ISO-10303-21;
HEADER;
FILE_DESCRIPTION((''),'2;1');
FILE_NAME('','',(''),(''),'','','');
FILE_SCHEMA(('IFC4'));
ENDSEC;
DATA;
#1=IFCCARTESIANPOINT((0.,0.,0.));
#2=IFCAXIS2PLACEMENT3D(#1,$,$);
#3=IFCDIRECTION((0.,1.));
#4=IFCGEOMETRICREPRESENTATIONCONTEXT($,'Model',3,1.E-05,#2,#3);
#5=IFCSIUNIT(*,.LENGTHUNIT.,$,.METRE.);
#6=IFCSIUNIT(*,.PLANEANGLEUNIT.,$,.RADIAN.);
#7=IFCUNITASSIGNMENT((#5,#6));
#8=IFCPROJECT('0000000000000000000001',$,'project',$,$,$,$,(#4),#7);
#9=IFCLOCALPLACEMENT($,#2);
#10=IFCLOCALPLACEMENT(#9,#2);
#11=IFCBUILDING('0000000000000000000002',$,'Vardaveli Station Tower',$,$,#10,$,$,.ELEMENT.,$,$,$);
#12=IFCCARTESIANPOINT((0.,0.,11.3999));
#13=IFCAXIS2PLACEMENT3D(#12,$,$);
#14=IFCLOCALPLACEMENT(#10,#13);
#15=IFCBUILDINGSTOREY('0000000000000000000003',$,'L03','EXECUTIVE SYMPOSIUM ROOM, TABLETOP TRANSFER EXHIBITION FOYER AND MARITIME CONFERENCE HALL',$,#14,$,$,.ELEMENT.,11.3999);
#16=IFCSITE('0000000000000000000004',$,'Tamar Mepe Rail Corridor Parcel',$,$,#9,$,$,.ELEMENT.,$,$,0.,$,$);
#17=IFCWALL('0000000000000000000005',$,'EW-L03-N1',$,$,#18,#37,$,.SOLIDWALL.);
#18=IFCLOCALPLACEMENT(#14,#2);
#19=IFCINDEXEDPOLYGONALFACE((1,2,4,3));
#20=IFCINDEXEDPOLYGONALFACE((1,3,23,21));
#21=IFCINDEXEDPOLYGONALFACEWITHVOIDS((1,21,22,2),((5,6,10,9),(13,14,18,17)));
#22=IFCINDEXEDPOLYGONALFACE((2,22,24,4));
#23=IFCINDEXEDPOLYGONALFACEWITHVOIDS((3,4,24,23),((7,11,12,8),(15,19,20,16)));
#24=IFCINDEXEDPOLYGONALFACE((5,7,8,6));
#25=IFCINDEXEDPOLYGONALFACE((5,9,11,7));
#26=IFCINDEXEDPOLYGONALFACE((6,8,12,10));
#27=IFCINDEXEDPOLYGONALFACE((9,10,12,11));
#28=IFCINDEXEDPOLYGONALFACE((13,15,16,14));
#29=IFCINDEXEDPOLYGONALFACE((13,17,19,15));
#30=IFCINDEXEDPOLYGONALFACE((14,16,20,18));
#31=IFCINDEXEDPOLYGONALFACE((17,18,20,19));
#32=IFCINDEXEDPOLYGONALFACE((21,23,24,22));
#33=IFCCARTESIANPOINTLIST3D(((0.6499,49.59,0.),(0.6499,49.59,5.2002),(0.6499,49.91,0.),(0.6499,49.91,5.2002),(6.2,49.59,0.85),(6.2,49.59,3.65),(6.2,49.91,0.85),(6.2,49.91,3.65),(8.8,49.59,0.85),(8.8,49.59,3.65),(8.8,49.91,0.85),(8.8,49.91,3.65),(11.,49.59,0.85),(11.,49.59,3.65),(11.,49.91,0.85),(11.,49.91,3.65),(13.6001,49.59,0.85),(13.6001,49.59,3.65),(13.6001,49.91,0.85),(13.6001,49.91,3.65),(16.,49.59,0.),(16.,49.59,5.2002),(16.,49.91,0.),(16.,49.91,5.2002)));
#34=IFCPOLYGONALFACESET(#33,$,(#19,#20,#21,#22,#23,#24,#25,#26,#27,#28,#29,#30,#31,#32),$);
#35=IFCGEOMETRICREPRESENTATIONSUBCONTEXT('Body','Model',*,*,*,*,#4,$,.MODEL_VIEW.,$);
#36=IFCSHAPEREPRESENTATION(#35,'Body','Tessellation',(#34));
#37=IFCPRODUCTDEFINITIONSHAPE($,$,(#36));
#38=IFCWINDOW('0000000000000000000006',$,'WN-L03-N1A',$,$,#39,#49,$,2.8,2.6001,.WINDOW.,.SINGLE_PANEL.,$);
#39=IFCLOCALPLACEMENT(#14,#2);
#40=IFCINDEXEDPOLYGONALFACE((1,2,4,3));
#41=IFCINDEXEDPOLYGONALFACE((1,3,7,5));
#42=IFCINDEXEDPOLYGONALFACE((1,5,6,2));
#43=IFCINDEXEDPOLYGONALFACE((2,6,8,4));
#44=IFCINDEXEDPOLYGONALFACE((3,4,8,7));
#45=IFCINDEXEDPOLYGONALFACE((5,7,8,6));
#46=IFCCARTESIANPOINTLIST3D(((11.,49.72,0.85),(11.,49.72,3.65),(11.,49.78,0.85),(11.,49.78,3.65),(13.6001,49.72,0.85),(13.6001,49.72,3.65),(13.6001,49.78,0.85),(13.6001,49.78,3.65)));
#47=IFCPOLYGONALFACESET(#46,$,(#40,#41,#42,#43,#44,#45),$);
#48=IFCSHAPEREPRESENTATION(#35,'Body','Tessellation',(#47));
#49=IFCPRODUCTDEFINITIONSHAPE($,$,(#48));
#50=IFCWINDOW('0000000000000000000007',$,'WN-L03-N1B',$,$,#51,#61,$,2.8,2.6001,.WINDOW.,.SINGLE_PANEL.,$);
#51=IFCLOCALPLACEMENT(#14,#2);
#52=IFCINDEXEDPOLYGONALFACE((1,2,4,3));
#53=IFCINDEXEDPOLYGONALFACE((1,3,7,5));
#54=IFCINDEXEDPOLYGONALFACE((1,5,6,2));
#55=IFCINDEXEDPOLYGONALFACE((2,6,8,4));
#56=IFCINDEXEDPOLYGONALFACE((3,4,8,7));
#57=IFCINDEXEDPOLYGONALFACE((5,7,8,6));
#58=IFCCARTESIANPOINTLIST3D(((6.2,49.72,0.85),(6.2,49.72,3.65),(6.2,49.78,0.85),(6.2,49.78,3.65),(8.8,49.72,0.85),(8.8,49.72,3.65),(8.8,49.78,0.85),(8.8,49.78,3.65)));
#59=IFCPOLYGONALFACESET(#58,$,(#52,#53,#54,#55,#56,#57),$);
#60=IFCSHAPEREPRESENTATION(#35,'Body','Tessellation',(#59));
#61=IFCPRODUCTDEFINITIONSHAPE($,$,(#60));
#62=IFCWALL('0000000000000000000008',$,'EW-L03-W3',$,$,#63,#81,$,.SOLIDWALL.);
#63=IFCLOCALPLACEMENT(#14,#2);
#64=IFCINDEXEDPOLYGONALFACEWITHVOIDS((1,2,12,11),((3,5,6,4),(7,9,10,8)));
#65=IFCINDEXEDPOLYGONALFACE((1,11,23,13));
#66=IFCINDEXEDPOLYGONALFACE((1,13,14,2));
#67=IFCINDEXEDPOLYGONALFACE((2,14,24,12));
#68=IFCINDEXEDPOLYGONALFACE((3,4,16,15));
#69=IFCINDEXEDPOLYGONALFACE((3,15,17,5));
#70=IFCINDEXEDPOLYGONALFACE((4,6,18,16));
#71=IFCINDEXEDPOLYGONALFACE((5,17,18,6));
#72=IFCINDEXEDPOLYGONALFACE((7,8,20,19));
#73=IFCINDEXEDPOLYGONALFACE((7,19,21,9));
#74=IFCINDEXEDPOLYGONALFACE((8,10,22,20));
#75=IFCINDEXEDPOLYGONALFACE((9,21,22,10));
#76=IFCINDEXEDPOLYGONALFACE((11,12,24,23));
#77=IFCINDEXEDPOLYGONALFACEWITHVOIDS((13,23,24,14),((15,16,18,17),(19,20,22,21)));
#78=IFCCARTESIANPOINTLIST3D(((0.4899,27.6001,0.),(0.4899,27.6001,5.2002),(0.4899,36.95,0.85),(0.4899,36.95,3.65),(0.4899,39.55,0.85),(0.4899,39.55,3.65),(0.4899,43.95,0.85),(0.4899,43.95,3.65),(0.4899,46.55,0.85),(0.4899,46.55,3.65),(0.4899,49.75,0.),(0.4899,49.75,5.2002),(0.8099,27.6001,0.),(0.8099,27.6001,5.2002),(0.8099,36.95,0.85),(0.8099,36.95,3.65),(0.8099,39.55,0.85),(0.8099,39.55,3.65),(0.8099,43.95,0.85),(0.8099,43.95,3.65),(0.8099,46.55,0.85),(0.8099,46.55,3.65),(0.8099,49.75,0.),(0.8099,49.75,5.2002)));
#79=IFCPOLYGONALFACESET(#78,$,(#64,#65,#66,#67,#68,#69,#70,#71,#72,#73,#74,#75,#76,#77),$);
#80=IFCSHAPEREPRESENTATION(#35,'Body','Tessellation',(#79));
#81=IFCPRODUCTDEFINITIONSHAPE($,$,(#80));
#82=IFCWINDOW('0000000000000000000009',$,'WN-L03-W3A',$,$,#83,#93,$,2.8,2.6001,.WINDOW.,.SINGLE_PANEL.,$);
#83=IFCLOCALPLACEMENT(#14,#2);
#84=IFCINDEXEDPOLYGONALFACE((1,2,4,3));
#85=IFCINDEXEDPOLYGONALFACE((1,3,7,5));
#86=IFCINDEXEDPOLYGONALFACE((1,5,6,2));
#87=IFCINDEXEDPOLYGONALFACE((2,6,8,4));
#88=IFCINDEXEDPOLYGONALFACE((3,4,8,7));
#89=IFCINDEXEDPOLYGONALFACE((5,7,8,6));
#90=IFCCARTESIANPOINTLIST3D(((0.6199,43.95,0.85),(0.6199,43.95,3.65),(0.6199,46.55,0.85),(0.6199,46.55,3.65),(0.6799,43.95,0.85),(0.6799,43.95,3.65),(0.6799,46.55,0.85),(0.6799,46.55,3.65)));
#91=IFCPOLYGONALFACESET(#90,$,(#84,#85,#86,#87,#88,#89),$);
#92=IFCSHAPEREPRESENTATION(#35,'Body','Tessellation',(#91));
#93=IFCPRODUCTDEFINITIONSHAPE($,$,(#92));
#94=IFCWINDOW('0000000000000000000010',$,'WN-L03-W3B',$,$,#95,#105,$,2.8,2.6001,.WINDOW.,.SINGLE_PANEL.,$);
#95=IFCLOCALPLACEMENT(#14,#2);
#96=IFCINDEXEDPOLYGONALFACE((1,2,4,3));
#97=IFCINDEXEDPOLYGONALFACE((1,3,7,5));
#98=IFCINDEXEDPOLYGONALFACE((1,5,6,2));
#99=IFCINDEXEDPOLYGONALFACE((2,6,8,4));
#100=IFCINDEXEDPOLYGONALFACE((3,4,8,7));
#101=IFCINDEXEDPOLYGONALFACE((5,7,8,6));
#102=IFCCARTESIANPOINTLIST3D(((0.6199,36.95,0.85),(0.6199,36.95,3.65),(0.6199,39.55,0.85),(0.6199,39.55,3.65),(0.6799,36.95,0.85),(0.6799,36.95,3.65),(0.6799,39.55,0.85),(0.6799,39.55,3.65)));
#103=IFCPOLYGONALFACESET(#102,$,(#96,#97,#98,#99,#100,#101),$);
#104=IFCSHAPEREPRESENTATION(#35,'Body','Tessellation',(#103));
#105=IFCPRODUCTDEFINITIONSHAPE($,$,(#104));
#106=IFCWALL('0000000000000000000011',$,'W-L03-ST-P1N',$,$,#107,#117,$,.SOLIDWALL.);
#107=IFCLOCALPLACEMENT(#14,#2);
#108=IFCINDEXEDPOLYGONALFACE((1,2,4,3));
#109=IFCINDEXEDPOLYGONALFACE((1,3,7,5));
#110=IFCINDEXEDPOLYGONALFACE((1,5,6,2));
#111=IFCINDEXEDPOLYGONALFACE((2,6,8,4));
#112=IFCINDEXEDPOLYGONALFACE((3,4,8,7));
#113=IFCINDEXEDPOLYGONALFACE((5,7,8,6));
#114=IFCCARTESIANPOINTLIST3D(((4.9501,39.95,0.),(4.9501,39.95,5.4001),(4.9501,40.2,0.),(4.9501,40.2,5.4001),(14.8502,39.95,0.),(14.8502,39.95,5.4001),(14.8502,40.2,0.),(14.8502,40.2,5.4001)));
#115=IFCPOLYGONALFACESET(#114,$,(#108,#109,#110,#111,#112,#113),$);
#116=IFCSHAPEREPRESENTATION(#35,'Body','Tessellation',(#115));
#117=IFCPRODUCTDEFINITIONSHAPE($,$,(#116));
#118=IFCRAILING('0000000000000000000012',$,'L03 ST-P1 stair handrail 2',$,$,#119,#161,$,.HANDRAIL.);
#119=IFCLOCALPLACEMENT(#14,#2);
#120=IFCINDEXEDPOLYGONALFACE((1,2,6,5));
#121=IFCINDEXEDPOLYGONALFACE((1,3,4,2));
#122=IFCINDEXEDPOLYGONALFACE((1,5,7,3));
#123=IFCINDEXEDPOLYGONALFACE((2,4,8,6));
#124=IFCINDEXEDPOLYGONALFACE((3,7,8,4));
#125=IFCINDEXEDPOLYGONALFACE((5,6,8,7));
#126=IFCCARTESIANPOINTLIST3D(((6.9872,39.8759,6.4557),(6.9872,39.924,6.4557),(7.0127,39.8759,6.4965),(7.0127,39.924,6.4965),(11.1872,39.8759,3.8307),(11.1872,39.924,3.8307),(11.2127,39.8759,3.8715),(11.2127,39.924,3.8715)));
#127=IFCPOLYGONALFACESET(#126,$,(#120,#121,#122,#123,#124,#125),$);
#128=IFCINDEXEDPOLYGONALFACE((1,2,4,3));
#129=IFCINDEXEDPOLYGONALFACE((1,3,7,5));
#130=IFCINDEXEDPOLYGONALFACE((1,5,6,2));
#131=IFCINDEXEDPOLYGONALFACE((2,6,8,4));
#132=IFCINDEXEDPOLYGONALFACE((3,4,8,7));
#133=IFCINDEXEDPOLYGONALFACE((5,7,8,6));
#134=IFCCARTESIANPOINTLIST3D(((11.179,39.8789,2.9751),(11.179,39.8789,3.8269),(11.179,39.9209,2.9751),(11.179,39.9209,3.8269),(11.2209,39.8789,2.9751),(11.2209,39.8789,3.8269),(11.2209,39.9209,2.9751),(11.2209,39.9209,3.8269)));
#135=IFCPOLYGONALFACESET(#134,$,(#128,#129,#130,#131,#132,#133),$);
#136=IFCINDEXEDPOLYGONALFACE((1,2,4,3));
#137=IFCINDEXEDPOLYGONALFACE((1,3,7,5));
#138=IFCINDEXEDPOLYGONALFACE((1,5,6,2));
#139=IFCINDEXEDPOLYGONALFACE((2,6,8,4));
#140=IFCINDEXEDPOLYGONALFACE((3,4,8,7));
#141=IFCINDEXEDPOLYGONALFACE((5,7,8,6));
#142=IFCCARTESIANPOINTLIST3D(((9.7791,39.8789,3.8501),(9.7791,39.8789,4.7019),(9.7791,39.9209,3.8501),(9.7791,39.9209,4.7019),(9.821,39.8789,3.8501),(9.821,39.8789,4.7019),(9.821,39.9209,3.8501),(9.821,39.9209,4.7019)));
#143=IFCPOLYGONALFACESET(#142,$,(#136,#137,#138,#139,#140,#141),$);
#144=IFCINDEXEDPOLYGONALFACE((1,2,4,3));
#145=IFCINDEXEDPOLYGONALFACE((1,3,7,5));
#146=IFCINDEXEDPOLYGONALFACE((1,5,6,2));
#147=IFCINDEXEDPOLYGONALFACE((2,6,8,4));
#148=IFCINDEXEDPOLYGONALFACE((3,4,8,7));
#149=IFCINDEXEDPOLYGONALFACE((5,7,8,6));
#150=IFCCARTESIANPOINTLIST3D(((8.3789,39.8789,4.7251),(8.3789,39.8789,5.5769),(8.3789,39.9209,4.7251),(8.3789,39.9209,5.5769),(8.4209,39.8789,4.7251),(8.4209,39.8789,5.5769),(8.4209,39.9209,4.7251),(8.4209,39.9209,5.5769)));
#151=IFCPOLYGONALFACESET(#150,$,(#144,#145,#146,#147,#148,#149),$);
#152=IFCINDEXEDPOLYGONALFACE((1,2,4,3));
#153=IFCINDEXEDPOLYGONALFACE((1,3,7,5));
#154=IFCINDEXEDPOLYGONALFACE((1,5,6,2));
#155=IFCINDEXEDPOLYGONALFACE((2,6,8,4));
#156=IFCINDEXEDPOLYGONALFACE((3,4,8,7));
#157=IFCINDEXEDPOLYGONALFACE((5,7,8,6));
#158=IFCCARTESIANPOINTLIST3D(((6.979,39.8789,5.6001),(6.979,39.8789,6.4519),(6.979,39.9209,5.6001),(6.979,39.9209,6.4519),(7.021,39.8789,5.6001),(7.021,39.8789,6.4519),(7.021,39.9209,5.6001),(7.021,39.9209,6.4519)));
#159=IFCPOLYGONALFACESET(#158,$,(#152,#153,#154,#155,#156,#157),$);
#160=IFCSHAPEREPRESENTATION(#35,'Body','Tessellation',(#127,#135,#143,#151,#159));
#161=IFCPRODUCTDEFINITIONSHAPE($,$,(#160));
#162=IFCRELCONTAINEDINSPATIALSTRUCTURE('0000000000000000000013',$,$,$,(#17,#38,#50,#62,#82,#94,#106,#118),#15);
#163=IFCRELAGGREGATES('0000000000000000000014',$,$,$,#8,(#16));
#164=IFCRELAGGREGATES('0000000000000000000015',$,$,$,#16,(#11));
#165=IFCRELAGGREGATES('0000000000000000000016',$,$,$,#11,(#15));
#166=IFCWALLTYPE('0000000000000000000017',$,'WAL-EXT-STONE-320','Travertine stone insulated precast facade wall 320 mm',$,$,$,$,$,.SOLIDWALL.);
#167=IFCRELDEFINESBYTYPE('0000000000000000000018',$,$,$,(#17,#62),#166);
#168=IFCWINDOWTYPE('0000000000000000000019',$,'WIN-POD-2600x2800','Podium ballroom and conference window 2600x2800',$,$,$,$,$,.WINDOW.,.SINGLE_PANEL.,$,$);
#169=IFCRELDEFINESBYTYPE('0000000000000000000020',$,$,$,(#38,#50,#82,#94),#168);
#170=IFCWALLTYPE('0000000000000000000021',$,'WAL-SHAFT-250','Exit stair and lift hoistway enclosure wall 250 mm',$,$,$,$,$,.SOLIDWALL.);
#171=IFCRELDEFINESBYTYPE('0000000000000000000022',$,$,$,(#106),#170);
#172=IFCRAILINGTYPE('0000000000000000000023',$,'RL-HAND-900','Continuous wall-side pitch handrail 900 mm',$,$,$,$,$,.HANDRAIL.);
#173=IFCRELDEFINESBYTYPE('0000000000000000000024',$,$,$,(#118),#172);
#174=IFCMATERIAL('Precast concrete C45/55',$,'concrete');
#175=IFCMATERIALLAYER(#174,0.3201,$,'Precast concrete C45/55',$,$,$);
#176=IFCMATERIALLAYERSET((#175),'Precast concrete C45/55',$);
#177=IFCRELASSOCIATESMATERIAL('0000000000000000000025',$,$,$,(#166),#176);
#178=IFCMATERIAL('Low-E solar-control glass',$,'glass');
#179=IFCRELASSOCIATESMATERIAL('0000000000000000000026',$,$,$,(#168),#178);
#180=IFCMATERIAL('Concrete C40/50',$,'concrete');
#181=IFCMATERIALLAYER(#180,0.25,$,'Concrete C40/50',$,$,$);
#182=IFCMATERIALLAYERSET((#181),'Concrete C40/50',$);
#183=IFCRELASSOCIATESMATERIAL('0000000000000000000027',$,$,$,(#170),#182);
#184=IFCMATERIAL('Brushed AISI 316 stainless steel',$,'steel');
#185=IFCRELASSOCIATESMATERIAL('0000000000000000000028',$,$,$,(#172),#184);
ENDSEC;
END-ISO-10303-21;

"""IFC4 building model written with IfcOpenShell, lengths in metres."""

from ifc_helpers import new_model, si_unit, direction, frame, frame_2d, origin, origin_2d, place, context, subcontext, project, spatial, rectangle, extrude, source, transform, mapped, material, layer, layer_set, type_object, element, fill, save


model = new_model("IFC4")

# Units and contexts
model_context = context("Model", 3, precision=1e-05, world=origin(), true_north=direction((0.0, 1.0)))
body_context = subcontext(model_context, "Body", "Model", "MODEL_VIEW")
ifc_project = project(units=[si_unit("LENGTHUNIT", "METRE"), si_unit("PLANEANGLEUNIT", "RADIAN")], contexts=[model_context])

# Site, building, storey
site_placement = place(None, origin())
site = spatial("IfcSite", under=ifc_project, at=site_placement, Name="Tamar Mepe Rail Corridor Parcel", CompositionType="ELEMENT", RefElevation=0.0)
building_placement = place(site_placement, origin())
building = spatial("IfcBuilding", under=site, at=building_placement, Name="Vardaveli Station Tower", CompositionType="ELEMENT")
storey_placement = place(building_placement, frame((0.0, 0.0, 11.3999)))
storey = spatial("IfcBuildingStorey", under=building, at=storey_placement, Name="L03", Description="EXECUTIVE SYMPOSIUM ROOM, TABLETOP TRANSFER EXHIBITION FOYER AND MARITIME CONFERENCE HALL", CompositionType="ELEMENT", Elevation=11.3999)

# Walls, openings, windows
ifc_material_1 = material(Name="Precast concrete C45/55", Category="concrete")
ifc_layer_1 = layer(ifc_material_1, 0.3201, Name="Precast concrete C45/55")
ifc_layer_set_1 = layer_set([ifc_layer_1], Name="Precast concrete C45/55")
wall_type_1 = type_object("IfcWallType", Name="WAL-EXT-STONE-320", Description="Travertine stone insulated precast facade wall 320 mm", PredefinedType="SOLIDWALL", material=ifc_layer_set_1)
shared_shape_1 = source(origin(), body_context, "Body", "SweptSolid", [
    extrude(rectangle(XDim=15.3501, YDim=0.3201, at=frame_2d((7.675, 0.0))), origin(), (0.0, 0.0, 1.0), 5.2002),
])
wall_1_placement = place(storey_placement, frame((16.0, 49.75, 0.0), z_axis=(0.0, 0.0, 1.0), x_axis=(-1.0, 0.0, 0.0)))
wall_1 = element("IfcWall", 1, at=wall_1_placement, inside=storey, type_object=wall_type_1, Name="EW-L03-N1", PredefinedType="SOLIDWALL", context=body_context, shape_type="MappedRepresentation", body=[
    mapped(shared_shape_1, transform((0.0, 0.0, 0.0), scale=1.0)),
])
shared_shape_2 = source(origin(), body_context, "Body", "SweptSolid", [
    extrude(rectangle(XDim=2.6001, YDim=2.8, at=frame_2d((1.3, 1.3999))), frame((0.0, 0.1699, 0.0), z_axis=(0.0, -1.0, 0.0), x_axis=(1.0, 0.0, 0.0)), (0.0, 0.0, 1.0), 0.3401),
])
opening_1_placement = place(wall_1_placement, frame((2.3999, 0.0, 0.8501)))
opening_1 = element("IfcOpeningElement", 2, at=opening_1_placement, cuts=wall_1, PredefinedType="OPENING", context=body_context, shape_type="MappedRepresentation", body=[
    mapped(shared_shape_2, transform((0.0, 0.0, 0.0), scale=1.0)),
])
opening_2_placement = place(wall_1_placement, frame((7.2, 0.0, 0.8501)))
opening_2 = element("IfcOpeningElement", 3, at=opening_2_placement, cuts=wall_1, PredefinedType="OPENING", context=body_context, shape_type="MappedRepresentation", body=[
    mapped(shared_shape_2, transform((0.0, 0.0, 0.0), scale=1.0)),
])
ifc_material_2 = material(Name="Low-E solar-control glass", Category="glass")
window_type = type_object("IfcWindowType", Name="WIN-POD-2600x2800", Description="Podium ballroom and conference window 2600x2800", PartitioningType="SINGLE_PANEL", PredefinedType="WINDOW", material=ifc_material_2)
shared_shape_3 = source(origin(), body_context, "Body", "SweptSolid", [
    extrude(rectangle(XDim=2.6001, YDim=2.8, at=frame_2d((1.3, 1.3999))), frame((0.0, 0.03, 0.0), z_axis=(0.0, -1.0, 0.0), x_axis=(1.0, 0.0, 0.0)), (0.0, 0.0, 1.0), 0.0601),
])
window_1_placement = place(opening_1_placement, origin())
window_1 = element("IfcWindow", 4, at=window_1_placement, inside=storey, type_object=window_type, Name="WN-L03-N1A", OverallHeight=2.8, OverallWidth=2.6001, PartitioningType="SINGLE_PANEL", PredefinedType="WINDOW", context=body_context, shape_type="MappedRepresentation", body=[
    mapped(shared_shape_3, transform((0.0, 0.0, 0.0), scale=1.0)),
])
fill(opening_1, window_1)
window_2_placement = place(opening_2_placement, origin())
window_2 = element("IfcWindow", 5, at=window_2_placement, inside=storey, type_object=window_type, Name="WN-L03-N1B", OverallHeight=2.8, OverallWidth=2.6001, PartitioningType="SINGLE_PANEL", PredefinedType="WINDOW", context=body_context, shape_type="MappedRepresentation", body=[
    mapped(shared_shape_3, transform((0.0, 0.0, 0.0), scale=1.0)),
])
fill(opening_2, window_2)
shared_shape_4 = source(origin(), body_context, "Body", "SweptSolid", [
    extrude(rectangle(XDim=22.1499, YDim=0.3201, at=frame_2d((11.075, 0.0))), origin(), (0.0, 0.0, 1.0), 5.2002),
])
wall_2_placement = place(storey_placement, frame((0.6499, 49.75, 0.0), z_axis=(0.0, 0.0, 1.0), x_axis=(0.0, -1.0, 0.0)))
wall_2 = element("IfcWall", 6, at=wall_2_placement, inside=storey, type_object=wall_type_1, Name="EW-L03-W3", PredefinedType="SOLIDWALL", context=body_context, shape_type="MappedRepresentation", body=[
    mapped(shared_shape_4, transform((0.0, 0.0, 0.0), scale=1.0)),
])
opening_3_placement = place(wall_2_placement, frame((3.2, 0.0, 0.8501)))
opening_3 = element("IfcOpeningElement", 7, at=opening_3_placement, cuts=wall_2, PredefinedType="OPENING", context=body_context, shape_type="MappedRepresentation", body=[
    mapped(shared_shape_2, transform((0.0, 0.0, 0.0), scale=1.0)),
])
opening_4_placement = place(wall_2_placement, frame((10.2, 0.0, 0.8501)))
opening_4 = element("IfcOpeningElement", 8, at=opening_4_placement, cuts=wall_2, PredefinedType="OPENING", context=body_context, shape_type="MappedRepresentation", body=[
    mapped(shared_shape_2, transform((0.0, 0.0, 0.0), scale=1.0)),
])
window_3_placement = place(opening_3_placement, origin())
window_3 = element("IfcWindow", 9, at=window_3_placement, inside=storey, type_object=window_type, Name="WN-L03-W3A", OverallHeight=2.8, OverallWidth=2.6001, PartitioningType="SINGLE_PANEL", PredefinedType="WINDOW", context=body_context, shape_type="MappedRepresentation", body=[
    mapped(shared_shape_3, transform((0.0, 0.0, 0.0), scale=1.0)),
])
fill(opening_3, window_3)
window_4_placement = place(opening_4_placement, origin())
window_4 = element("IfcWindow", 10, at=window_4_placement, inside=storey, type_object=window_type, Name="WN-L03-W3B", OverallHeight=2.8, OverallWidth=2.6001, PartitioningType="SINGLE_PANEL", PredefinedType="WINDOW", context=body_context, shape_type="MappedRepresentation", body=[
    mapped(shared_shape_3, transform((0.0, 0.0, 0.0), scale=1.0)),
])
fill(opening_4, window_4)

# Wall
ifc_material_3 = material(Name="Concrete C40/50", Category="concrete")
ifc_layer_2 = layer(ifc_material_3, 0.25, Name="Concrete C40/50")
ifc_layer_set_2 = layer_set([ifc_layer_2], Name="Concrete C40/50")
wall_type_2 = type_object("IfcWallType", Name="WAL-SHAFT-250", Description="Exit stair and lift hoistway enclosure wall 250 mm", PredefinedType="SOLIDWALL", material=ifc_layer_set_2)
shared_shape_5 = source(origin(), body_context, "Body", "SweptSolid", [
    extrude(rectangle(XDim=9.9001, YDim=0.25, at=frame_2d((4.9502, 0.0))), origin(), (0.0, 0.0, 1.0), 5.4001),
])
wall_3_placement = place(storey_placement, frame((4.95, 40.075, 0.0), z_axis=(0.0, 0.0, 1.0), x_axis=(1.0, 0.0, 0.0)))
element("IfcWall", 11, at=wall_3_placement, inside=storey, type_object=wall_type_2, Name="W-L03-ST-P1N", PredefinedType="SOLIDWALL", context=body_context, shape_type="MappedRepresentation", body=[
    mapped(shared_shape_5, transform((0.0, 0.0, 0.0), scale=1.0)),
])

# Railing
ifc_material_4 = material(Name="Brushed AISI 316 stainless steel", Category="steel")
railing_type = type_object("IfcRailingType", Name="RL-HAND-900", Description="Continuous wall-side pitch handrail 900 mm", PredefinedType="HANDRAIL", material=ifc_material_4)
shared_shape_6 = source(origin(), body_context, "Body", "SweptSolid", [
    extrude(rectangle(XDim=0.0481, YDim=0.0481, at=origin_2d()), frame((0.0, 0.0, 0.876), z_axis=(-0.847996, 0.0, 0.530003), x_axis=(0.0, -1.0, 0.0)), (0.0, 0.0, 1.0), 4.9529),
    extrude(rectangle(XDim=0.042, YDim=0.042, at=origin_2d()), origin(), (0.0, 0.0, 1.0), 0.8518),
    extrude(rectangle(XDim=0.042, YDim=0.042, at=origin_2d()), frame((-1.3999, 0.0, 0.875)), (0.0, 0.0, 1.0), 0.8518),
    extrude(rectangle(XDim=0.042, YDim=0.042, at=origin_2d()), frame((-2.8, 0.0, 1.75)), (0.0, 0.0, 1.0), 0.8518),
    extrude(rectangle(XDim=0.042, YDim=0.042, at=origin_2d()), frame((-4.2, 0.0, 2.625)), (0.0, 0.0, 1.0), 0.8518),
])
railing_placement = place(storey_placement, frame((11.2, 39.8999, 2.9751)))
element("IfcRailing", 12, at=railing_placement, inside=storey, type_object=railing_type, Name="L03 ST-P1 stair handrail 2", PredefinedType="HANDRAIL", context=body_context, shape_type="MappedRepresentation", body=[
    mapped(shared_shape_6, transform((0.0, 0.0, 0.0), scale=1.0)),
])

save(model, "model.ifc")
